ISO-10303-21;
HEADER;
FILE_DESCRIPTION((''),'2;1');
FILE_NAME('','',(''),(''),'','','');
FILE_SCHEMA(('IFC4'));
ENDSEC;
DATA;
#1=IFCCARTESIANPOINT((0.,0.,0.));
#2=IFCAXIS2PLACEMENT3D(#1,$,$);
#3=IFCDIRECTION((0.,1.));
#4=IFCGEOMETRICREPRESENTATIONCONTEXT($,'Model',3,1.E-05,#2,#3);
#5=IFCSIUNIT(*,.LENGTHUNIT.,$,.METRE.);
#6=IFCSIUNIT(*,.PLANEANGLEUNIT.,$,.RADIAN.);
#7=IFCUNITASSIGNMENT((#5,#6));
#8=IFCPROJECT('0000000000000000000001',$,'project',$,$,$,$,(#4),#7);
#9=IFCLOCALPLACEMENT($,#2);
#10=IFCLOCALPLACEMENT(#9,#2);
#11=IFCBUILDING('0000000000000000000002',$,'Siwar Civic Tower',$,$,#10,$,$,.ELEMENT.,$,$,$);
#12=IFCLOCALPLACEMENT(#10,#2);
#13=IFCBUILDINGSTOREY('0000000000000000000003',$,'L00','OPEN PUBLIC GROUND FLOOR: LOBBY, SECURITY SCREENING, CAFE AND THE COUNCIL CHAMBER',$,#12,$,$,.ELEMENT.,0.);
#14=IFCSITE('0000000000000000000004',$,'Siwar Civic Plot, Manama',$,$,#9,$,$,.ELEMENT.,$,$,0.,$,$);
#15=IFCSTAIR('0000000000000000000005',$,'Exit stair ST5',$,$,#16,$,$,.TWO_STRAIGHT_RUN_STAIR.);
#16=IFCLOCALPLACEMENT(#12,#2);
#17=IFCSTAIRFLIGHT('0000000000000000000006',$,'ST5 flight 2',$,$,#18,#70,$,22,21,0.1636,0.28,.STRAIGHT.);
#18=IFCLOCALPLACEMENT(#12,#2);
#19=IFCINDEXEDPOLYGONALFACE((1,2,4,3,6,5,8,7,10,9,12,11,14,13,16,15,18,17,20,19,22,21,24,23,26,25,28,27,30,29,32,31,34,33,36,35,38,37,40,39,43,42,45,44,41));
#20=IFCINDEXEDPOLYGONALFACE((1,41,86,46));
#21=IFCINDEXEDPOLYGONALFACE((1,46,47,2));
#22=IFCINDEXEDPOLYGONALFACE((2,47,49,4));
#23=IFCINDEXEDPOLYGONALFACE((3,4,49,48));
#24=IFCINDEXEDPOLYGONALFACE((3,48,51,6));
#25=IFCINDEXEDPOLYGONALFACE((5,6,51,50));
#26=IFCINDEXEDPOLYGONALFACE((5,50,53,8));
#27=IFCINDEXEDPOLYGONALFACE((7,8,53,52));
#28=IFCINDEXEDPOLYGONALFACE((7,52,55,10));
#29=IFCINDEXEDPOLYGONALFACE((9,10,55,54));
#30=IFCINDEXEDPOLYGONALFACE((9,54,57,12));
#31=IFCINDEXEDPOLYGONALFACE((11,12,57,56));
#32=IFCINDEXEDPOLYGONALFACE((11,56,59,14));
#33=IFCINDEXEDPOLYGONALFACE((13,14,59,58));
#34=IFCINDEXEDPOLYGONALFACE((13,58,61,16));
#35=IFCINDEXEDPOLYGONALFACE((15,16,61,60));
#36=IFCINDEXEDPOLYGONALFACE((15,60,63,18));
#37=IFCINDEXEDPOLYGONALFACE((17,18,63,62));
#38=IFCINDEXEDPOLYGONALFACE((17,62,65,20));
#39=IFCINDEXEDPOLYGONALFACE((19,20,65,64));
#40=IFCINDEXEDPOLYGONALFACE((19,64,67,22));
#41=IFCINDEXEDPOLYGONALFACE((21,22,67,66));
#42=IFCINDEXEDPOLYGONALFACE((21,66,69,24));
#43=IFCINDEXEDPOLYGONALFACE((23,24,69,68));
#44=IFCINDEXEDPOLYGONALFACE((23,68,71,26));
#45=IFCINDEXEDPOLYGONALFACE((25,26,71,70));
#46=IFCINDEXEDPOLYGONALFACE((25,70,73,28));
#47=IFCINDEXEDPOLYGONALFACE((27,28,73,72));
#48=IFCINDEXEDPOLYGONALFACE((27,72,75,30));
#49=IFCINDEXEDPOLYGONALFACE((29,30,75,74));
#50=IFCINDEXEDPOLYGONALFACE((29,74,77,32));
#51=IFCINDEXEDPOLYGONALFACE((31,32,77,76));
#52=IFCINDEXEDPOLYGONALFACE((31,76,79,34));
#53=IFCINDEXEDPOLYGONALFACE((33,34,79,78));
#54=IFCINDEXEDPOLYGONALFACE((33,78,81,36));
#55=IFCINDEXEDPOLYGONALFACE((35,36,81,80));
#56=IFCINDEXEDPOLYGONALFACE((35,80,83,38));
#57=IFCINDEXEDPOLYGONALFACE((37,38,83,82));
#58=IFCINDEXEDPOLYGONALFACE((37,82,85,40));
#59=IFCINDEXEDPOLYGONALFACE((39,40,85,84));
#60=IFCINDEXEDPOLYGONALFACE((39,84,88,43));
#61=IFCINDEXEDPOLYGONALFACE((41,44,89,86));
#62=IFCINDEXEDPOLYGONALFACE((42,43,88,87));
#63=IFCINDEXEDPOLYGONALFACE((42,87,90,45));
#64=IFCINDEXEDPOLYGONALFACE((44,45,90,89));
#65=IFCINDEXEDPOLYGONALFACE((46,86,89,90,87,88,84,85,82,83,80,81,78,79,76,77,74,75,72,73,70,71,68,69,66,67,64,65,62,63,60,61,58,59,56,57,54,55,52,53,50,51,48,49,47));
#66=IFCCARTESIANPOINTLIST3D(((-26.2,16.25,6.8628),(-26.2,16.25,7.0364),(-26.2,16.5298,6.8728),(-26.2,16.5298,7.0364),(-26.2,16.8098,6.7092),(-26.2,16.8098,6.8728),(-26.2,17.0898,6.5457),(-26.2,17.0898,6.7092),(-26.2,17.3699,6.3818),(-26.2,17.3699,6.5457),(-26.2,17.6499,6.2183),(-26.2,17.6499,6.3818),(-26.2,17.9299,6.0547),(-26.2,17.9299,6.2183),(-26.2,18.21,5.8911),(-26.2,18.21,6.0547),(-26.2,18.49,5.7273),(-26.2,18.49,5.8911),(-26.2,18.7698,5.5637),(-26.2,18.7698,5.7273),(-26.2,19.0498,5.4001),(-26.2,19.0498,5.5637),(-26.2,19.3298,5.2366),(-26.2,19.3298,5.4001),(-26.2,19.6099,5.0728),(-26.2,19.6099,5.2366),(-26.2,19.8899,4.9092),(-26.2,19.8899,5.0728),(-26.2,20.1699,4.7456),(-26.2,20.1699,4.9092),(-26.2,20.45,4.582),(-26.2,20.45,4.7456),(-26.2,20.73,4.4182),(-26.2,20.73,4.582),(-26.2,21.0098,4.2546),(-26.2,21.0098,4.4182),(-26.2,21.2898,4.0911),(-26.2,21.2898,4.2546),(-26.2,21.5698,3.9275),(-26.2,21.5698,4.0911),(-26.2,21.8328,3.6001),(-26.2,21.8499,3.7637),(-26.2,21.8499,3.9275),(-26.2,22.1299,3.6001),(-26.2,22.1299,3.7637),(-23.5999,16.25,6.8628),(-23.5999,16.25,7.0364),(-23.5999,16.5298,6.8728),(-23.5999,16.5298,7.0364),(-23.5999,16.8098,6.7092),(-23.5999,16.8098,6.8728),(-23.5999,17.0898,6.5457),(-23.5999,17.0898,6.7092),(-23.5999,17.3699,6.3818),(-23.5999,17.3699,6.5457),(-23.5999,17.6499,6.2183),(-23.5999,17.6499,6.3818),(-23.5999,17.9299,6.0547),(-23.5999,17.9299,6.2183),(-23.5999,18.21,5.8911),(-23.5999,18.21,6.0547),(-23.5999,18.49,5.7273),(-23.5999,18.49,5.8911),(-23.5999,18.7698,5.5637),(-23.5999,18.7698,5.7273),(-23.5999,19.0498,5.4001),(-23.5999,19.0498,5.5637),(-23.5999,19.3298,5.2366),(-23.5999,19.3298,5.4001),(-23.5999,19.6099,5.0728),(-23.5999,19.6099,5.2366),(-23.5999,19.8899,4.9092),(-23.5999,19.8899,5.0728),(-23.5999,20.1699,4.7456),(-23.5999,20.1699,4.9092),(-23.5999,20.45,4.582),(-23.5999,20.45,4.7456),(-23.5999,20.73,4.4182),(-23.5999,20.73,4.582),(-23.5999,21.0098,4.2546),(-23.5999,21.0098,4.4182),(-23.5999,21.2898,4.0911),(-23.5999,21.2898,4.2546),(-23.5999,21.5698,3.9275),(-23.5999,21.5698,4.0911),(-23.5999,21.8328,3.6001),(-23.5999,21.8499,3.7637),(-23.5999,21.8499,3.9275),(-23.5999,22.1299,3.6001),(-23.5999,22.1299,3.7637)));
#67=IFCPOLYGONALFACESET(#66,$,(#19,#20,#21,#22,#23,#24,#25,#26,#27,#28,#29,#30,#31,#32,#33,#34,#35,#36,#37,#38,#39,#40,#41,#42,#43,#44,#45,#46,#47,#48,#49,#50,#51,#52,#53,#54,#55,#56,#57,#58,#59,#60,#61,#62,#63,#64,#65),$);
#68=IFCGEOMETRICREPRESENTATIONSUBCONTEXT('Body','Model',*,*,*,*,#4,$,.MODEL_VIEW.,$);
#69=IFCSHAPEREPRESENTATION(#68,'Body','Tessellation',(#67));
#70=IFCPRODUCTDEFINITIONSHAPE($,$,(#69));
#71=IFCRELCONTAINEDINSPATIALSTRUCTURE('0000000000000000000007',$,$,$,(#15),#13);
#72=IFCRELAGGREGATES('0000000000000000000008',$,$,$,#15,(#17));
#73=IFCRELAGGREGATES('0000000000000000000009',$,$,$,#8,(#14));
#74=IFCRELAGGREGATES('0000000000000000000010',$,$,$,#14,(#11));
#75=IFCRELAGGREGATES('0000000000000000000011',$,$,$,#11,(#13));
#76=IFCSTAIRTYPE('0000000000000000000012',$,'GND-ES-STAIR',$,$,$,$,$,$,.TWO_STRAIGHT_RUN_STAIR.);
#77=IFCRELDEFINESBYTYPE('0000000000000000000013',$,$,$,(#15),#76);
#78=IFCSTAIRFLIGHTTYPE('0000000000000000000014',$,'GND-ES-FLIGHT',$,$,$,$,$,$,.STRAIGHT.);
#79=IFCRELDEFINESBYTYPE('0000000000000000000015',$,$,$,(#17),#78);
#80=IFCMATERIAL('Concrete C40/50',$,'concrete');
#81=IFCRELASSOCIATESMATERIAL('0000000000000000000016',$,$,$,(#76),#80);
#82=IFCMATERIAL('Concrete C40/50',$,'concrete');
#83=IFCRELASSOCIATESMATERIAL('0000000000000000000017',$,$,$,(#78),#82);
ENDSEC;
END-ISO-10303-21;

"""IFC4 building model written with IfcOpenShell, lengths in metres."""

from ifc_helpers import new_model, si_unit, direction, frame, origin, place, context, subcontext, project, spatial, polyline, outline, extrude, material, type_object, element, aggregate, save


model = new_model("IFC4")

# Units and contexts
model_context = context("Model", 3, precision=1e-05, world=origin(), true_north=direction((0.0, 1.0)))
body_context = subcontext(model_context, "Body", "Model", "MODEL_VIEW")
ifc_project = project(units=[si_unit("LENGTHUNIT", "METRE"), si_unit("PLANEANGLEUNIT", "RADIAN")], contexts=[model_context])

# Site, building, storey
site_placement = place(None, origin())
site = spatial("IfcSite", under=ifc_project, at=site_placement, Name="Siwar Civic Plot, Manama", CompositionType="ELEMENT", RefElevation=0.0)
building_placement = place(site_placement, origin())
building = spatial("IfcBuilding", under=site, at=building_placement, Name="Siwar Civic Tower", CompositionType="ELEMENT")
storey_placement = place(building_placement, origin())
storey = spatial("IfcBuildingStorey", under=building, at=storey_placement, Name="L00", Description="OPEN PUBLIC GROUND FLOOR: LOBBY, SECURITY SCREENING, CAFE AND THE COUNCIL CHAMBER", CompositionType="ELEMENT", Elevation=0.0)

# Stair, stair flight
ifc_material_1 = material(Name="Concrete C40/50", Category="concrete")
stair_type = type_object("IfcStairType", Name="GND-ES-STAIR", PredefinedType="TWO_STRAIGHT_RUN_STAIR", material=ifc_material_1)
stair_placement = place(storey_placement, origin())
stair = element("IfcStair", 1, at=stair_placement, inside=storey, type_object=stair_type, Name="Exit stair ST5", PredefinedType="TWO_STRAIGHT_RUN_STAIR")
ifc_material_2 = material(Name="Concrete C40/50", Category="concrete")
stair_flight_type = type_object("IfcStairFlightType", Name="GND-ES-FLIGHT", PredefinedType="STRAIGHT", material=ifc_material_2)
stair_flight_placement = place(storey_placement, frame((-24.8999, 22.1299, 3.6001), z_axis=(0.0, 0.0, 1.0), x_axis=(0.0, -1.0, 0.0)))
stair_flight = element("IfcStairFlight", 2, at=stair_flight_placement, type_object=stair_flight_type, Name="ST5 flight 2", NumberOfRisers=22, NumberOfTreads=21, PredefinedType="STRAIGHT", RiserHeight=0.1636, TreadLength=0.28, context=body_context, shape_type="SweptSolid", body=[
    extrude(outline(polyline([(0.0, 0.0), (0.0, 0.1636), (0.28, 0.1636), (0.28, 0.3274), (0.5601, 0.3274), (0.5601, 0.491), (0.8401, 0.491), (0.8401, 0.6545), (1.1201, 0.6545), (1.1201, 0.8181), (1.3999, 0.8181), (1.3999, 0.9819), (1.6799, 0.9819), (1.6799, 1.1455), (1.96, 1.1455), (1.96, 1.3091), (2.24, 1.3091), (2.24, 1.4727), (2.52, 1.4727), (2.52, 1.6365), (2.8, 1.6365), (2.8, 1.8), (3.0801, 1.8), (3.0801, 1.9636), (3.3601, 1.9636), (3.3601, 2.1272), (3.6399, 2.1272), (3.6399, 2.291), (3.9199, 2.291), (3.9199, 2.4546), (4.2, 2.4546), (4.2, 2.6182), (4.48, 2.6182), (4.48, 2.7817), (4.76, 2.7817), (4.76, 2.9456), (5.04, 2.9456), (5.04, 3.1091), (5.3201, 3.1091), (5.3201, 3.2727), (5.6001, 3.2727), (5.6001, 3.4363), (5.8799, 3.4363), (5.8799, 3.6001), (5.8799, 3.2627), (0.2971, 0.0), (0.0, 0.0)])), frame((0.0, 1.3, 0.0), z_axis=(0.0, -1.0, 0.0), x_axis=(1.0, 0.0, 0.0)), (0.0, 0.0, 1.0), 2.6001),
])
aggregate(stair, [stair_flight])

save(model, "model.ifc")
